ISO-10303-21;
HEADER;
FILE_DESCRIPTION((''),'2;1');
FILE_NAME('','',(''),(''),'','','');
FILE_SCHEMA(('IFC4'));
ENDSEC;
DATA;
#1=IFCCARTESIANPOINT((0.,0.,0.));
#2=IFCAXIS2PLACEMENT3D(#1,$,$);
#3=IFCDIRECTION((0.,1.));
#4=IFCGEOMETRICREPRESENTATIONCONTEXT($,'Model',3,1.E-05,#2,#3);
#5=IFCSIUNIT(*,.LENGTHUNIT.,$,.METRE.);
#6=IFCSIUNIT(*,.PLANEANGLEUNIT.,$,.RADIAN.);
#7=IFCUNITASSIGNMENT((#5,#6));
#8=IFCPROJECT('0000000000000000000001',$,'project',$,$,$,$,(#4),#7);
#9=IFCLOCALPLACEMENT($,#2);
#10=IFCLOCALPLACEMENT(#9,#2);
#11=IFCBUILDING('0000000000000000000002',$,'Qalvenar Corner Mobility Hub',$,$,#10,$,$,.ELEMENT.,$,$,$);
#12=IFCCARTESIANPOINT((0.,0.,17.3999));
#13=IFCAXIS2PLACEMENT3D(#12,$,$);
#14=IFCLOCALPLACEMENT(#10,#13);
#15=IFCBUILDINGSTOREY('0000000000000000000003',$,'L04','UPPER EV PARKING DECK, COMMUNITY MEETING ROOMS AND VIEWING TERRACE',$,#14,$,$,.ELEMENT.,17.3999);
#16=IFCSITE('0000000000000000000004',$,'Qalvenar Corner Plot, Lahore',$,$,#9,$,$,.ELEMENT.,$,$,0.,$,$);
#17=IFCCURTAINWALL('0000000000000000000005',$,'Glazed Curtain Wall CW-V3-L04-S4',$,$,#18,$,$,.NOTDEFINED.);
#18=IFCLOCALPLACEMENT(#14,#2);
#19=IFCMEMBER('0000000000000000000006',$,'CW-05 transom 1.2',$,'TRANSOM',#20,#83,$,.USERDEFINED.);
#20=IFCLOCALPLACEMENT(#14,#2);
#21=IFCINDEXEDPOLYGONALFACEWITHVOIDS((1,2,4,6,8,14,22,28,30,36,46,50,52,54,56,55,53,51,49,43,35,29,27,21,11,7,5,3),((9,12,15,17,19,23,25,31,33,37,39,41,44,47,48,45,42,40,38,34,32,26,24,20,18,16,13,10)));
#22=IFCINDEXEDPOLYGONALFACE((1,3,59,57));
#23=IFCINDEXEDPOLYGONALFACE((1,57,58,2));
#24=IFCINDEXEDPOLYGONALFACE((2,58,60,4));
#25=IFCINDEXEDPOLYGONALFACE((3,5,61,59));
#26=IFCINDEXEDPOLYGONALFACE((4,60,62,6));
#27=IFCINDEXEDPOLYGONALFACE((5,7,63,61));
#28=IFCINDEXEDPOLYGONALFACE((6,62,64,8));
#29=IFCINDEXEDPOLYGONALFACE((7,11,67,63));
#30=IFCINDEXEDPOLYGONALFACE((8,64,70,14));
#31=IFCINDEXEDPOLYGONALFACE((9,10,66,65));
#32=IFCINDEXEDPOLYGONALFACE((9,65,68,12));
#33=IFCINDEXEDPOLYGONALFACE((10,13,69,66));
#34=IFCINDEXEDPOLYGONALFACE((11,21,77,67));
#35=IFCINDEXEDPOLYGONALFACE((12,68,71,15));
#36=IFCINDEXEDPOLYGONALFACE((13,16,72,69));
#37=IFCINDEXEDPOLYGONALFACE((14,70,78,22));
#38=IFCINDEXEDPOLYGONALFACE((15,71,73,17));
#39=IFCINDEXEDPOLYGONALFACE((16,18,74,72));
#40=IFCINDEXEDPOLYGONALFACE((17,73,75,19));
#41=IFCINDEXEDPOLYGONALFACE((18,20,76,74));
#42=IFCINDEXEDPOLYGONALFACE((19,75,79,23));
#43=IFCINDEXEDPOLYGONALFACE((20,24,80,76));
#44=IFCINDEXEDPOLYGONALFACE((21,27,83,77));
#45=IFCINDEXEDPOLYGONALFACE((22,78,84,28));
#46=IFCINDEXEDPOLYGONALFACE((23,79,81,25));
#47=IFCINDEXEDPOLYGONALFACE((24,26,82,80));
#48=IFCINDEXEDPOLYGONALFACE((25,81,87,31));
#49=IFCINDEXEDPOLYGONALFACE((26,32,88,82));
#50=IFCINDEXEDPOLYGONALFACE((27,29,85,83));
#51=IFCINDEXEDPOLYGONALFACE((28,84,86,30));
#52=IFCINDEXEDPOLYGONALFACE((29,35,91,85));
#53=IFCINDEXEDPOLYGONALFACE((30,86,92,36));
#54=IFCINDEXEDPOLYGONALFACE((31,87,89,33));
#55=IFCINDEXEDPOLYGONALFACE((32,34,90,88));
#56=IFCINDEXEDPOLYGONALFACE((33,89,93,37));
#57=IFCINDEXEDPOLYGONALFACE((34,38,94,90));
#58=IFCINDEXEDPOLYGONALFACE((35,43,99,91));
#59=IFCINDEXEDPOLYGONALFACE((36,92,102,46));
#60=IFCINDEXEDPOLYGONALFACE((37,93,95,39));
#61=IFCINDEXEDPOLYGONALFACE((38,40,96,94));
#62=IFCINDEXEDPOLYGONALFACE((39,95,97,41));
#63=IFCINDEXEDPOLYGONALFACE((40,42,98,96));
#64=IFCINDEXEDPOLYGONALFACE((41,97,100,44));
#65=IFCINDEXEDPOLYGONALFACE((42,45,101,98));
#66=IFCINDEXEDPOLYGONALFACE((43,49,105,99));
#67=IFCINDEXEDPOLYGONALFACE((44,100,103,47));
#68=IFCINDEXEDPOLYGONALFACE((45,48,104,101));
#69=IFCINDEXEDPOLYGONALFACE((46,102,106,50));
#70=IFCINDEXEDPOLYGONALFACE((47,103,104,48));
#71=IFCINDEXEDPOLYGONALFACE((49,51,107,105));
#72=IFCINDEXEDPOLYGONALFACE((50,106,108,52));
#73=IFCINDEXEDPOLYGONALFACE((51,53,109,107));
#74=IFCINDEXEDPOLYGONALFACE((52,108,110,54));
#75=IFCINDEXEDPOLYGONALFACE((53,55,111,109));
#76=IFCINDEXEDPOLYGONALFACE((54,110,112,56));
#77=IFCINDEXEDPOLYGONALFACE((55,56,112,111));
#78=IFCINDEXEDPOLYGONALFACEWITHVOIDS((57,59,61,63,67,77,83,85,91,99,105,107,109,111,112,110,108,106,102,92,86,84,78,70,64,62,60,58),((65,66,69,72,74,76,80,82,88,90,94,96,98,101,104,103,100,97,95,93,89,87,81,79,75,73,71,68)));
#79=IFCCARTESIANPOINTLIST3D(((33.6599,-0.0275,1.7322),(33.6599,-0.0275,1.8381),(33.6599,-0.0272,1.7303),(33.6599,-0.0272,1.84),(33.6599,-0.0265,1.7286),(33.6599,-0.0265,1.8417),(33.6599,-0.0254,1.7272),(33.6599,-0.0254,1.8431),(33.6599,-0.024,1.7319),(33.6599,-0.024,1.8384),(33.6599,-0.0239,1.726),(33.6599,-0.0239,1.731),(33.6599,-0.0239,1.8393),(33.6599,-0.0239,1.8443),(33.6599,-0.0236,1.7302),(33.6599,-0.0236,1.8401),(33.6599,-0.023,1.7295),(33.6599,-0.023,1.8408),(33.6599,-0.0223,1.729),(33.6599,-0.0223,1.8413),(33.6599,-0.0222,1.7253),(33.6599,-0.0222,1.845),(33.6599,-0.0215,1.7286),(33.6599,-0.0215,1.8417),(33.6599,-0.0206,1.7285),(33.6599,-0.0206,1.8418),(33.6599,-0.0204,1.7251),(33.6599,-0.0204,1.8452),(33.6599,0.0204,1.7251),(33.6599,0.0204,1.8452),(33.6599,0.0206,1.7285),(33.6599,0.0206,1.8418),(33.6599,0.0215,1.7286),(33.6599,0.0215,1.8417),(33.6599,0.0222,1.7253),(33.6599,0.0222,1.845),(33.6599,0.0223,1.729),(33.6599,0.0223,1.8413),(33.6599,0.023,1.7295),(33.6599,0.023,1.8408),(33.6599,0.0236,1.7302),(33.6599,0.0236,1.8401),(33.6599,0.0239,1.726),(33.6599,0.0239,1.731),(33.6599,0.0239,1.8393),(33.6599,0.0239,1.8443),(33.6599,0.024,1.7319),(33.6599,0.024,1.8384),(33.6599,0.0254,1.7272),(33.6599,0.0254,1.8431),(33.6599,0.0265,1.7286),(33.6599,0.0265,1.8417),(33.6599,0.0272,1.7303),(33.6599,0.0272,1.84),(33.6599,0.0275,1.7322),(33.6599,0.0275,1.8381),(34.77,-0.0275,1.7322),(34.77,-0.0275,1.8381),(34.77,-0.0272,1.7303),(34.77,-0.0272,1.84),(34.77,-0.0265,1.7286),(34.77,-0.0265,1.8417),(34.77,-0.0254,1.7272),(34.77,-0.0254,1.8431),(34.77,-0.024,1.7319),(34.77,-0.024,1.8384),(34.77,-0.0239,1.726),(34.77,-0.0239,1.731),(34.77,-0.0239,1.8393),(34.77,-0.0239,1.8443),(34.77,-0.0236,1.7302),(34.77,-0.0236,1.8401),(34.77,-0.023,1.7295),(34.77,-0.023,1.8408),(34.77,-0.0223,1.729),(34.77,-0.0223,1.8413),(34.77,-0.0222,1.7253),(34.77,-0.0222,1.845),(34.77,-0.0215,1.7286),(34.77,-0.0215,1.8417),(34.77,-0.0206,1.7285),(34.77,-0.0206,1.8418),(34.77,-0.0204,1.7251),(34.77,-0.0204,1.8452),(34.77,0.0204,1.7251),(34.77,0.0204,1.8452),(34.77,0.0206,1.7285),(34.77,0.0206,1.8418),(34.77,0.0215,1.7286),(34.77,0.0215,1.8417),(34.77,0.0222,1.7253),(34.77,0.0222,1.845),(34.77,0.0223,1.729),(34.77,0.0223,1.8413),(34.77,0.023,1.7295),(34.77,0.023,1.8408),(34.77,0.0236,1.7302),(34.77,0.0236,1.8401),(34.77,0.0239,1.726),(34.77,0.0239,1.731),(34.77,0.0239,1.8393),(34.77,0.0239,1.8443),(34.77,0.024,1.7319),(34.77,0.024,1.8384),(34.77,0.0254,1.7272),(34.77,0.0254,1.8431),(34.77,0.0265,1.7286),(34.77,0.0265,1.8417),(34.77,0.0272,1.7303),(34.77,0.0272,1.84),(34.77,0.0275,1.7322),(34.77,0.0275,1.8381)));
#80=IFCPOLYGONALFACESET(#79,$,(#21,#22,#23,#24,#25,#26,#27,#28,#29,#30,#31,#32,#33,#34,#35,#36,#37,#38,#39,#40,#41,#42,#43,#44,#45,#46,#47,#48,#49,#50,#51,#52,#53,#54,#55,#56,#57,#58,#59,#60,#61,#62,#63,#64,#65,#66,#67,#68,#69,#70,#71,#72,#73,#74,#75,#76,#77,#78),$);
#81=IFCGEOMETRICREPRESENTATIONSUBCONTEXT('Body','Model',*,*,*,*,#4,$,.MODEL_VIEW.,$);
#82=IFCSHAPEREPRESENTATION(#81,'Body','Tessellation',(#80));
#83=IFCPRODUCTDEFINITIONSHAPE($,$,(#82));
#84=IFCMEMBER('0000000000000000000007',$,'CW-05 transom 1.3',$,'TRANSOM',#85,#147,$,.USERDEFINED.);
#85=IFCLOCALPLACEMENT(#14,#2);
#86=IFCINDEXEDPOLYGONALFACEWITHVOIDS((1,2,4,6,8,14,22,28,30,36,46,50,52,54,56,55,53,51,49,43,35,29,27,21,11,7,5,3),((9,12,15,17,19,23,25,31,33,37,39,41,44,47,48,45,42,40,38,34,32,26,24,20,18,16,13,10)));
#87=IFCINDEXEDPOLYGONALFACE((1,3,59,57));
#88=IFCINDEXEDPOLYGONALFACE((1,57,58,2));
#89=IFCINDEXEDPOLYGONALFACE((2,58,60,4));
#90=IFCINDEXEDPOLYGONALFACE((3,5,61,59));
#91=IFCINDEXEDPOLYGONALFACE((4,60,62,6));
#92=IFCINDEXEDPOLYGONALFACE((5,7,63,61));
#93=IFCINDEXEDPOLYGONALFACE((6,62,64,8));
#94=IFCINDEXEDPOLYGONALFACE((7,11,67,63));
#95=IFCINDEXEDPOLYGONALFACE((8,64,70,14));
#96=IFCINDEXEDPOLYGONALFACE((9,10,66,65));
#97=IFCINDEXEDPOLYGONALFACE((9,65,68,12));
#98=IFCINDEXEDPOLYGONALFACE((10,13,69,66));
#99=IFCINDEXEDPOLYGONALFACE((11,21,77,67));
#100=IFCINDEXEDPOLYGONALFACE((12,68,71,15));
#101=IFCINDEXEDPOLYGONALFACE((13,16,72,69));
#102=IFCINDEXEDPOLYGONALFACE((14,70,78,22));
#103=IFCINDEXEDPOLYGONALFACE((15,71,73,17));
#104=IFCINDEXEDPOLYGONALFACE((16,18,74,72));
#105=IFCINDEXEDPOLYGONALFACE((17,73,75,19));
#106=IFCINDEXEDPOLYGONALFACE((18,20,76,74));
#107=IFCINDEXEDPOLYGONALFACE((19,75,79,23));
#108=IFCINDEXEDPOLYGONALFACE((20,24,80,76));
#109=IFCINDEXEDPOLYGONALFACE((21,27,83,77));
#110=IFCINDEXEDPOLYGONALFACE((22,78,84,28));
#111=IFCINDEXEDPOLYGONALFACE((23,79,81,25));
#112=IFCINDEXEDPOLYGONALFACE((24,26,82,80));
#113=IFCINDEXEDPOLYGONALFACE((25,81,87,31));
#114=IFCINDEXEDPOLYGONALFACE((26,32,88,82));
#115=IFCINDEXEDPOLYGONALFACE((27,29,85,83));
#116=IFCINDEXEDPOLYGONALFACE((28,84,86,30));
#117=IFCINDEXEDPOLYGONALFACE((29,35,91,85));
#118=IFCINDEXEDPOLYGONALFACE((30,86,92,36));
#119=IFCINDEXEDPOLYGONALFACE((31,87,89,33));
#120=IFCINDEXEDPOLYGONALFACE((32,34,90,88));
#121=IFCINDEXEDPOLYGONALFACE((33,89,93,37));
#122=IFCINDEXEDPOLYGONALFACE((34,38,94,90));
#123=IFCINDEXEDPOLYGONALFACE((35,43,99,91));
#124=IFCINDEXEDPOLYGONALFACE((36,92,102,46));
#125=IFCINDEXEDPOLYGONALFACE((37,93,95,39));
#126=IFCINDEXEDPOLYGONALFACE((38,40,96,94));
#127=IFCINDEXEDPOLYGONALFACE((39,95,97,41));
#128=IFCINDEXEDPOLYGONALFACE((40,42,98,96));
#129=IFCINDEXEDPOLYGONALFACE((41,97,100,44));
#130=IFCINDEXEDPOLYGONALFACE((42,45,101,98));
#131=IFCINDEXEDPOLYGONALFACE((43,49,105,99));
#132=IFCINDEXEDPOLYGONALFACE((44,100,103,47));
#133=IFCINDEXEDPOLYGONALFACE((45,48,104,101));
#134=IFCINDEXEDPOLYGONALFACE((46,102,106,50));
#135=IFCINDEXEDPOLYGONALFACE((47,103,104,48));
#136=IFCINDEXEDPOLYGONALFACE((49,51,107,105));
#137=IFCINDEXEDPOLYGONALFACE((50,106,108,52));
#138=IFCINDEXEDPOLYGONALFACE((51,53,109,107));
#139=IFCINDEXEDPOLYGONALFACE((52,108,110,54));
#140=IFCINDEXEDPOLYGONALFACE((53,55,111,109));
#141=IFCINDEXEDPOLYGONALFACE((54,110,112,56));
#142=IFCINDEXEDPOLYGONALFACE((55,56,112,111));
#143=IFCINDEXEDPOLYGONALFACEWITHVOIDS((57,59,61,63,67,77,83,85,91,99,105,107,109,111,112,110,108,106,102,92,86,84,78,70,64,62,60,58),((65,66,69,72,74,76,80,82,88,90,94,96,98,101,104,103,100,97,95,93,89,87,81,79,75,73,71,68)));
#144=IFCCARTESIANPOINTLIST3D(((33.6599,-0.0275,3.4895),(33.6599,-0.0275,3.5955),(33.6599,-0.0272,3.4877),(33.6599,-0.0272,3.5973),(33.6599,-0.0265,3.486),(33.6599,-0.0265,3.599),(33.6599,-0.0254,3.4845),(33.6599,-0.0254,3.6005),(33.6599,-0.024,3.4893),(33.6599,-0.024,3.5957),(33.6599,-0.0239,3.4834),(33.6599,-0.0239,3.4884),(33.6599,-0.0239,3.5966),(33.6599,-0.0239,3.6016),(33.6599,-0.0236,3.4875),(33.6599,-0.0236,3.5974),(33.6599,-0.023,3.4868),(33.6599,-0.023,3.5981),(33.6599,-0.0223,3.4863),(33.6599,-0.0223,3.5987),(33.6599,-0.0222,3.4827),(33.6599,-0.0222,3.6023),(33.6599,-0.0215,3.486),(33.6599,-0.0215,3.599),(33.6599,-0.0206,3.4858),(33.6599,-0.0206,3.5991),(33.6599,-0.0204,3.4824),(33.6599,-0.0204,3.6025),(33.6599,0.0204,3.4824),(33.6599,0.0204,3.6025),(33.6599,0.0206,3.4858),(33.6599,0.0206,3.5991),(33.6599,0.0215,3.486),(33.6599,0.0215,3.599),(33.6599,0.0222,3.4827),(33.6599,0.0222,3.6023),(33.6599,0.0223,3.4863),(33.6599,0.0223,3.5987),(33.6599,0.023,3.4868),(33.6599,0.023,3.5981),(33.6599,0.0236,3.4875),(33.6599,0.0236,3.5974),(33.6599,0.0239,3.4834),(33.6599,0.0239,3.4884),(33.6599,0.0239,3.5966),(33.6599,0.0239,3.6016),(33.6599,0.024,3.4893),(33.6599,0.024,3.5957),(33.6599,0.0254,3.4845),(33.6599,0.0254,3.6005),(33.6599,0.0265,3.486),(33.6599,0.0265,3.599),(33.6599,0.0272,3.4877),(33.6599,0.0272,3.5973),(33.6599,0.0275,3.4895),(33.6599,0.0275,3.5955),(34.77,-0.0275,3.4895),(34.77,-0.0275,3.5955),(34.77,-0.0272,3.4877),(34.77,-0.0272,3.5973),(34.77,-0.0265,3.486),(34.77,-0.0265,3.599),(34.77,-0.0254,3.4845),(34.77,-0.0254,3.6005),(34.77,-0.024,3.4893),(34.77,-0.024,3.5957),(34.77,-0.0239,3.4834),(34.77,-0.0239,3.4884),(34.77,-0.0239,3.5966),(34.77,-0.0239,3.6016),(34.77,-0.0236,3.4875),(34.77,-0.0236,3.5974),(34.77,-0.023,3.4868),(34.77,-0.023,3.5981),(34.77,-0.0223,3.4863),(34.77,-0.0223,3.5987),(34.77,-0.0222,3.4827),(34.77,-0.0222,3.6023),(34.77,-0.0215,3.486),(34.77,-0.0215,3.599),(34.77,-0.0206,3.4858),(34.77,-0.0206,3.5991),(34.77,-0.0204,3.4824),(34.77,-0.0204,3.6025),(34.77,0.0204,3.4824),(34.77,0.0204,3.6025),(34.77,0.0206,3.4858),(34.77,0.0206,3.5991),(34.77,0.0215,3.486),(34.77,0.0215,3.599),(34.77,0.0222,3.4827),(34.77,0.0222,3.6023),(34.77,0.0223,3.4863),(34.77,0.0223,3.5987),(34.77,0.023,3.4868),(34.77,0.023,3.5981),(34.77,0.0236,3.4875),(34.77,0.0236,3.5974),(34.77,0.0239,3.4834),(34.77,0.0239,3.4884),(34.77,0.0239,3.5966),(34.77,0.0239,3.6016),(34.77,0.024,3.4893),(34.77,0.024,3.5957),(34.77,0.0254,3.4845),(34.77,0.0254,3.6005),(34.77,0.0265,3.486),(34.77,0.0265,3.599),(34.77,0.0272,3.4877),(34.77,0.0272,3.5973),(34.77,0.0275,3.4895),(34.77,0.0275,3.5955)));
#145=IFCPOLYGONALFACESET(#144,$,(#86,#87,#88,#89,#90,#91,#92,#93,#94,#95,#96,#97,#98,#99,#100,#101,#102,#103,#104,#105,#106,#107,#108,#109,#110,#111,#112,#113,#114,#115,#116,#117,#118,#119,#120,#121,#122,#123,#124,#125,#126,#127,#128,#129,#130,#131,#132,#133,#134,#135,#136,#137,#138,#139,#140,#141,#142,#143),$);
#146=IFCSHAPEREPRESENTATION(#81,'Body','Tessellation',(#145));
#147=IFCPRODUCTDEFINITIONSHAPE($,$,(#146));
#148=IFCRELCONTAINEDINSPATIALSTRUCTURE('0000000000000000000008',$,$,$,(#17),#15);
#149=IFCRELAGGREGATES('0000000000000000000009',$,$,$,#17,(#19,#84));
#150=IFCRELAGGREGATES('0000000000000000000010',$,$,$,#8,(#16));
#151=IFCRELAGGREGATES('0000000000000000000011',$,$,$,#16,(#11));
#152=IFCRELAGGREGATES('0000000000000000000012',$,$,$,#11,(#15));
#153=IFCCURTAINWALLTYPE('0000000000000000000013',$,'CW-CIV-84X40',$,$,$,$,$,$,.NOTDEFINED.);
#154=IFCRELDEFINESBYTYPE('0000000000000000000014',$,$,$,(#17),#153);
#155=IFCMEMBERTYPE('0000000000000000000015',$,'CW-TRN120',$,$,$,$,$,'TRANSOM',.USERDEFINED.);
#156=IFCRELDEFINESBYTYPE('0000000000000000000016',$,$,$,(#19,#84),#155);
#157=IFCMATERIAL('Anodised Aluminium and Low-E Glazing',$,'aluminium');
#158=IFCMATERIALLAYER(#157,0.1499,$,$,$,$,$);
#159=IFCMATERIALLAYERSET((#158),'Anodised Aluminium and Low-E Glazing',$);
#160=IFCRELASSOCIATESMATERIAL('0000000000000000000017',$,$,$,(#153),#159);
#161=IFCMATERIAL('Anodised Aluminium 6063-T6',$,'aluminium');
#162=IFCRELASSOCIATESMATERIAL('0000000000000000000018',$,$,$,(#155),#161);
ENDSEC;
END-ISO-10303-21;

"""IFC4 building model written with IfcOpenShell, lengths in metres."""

from ifc_helpers import new_model, si_unit, direction, frame, origin, origin_2d, place, context, subcontext, project, spatial, hollow_rectangle, extrude, material, layer, layer_set, material_profile, profile_set, type_object, element, aggregate, save


model = new_model("IFC4")

# Units and contexts
model_context = context("Model", 3, precision=1e-05, world=origin(), true_north=direction((0.0, 1.0)))
body_context = subcontext(model_context, "Body", "Model", "MODEL_VIEW")
ifc_project = project(units=[si_unit("LENGTHUNIT", "METRE"), si_unit("PLANEANGLEUNIT", "RADIAN")], contexts=[model_context])

# Site, building, storey
site_placement = place(None, origin())
site = spatial("IfcSite", under=ifc_project, at=site_placement, Name="Qalvenar Corner Plot, Lahore", CompositionType="ELEMENT", RefElevation=0.0)
building_placement = place(site_placement, origin())
building = spatial("IfcBuilding", under=site, at=building_placement, Name="Qalvenar Corner Mobility Hub", CompositionType="ELEMENT")
storey_placement = place(building_placement, frame((0.0, 0.0, 17.3999)))
storey = spatial("IfcBuildingStorey", under=building, at=storey_placement, Name="L04", Description="UPPER EV PARKING DECK, COMMUNITY MEETING ROOMS AND VIEWING TERRACE", CompositionType="ELEMENT", Elevation=17.3999)

# Curtain wall, members
ifc_material_1 = material(Name="Anodised Aluminium and Low-E Glazing", Category="aluminium")
ifc_layer_1 = layer(ifc_material_1, 0.1499)
ifc_layer_set_1 = layer_set([ifc_layer_1], Name="Anodised Aluminium and Low-E Glazing")
curtain_wall_type = type_object("IfcCurtainWallType", Name="CW-CIV-84X40", PredefinedType="NOTDEFINED", material=ifc_layer_set_1)
curtain_wall_placement = place(storey_placement, origin())
curtain_wall = element("IfcCurtainWall", 1, at=curtain_wall_placement, inside=storey, type_object=curtain_wall_type, Name="Glazed Curtain Wall CW-V3-L04-S4", PredefinedType="NOTDEFINED")
ifc_material_2 = material(Name="Anodised Aluminium 6063-T6", Category="aluminium")
ifc_material_profile_1 = material_profile(ifc_material_2, hollow_rectangle(XDim=0.0549, YDim=0.1201, WallThickness=0.0034, InnerFilletRadius=0.0034, OuterFilletRadius=0.0071, at=origin_2d()), Name="RHS120x55x3.5")
ifc_profile_set_1 = profile_set([ifc_material_profile_1], Name="Anodised Aluminium 6063-T6")
member_type_1 = type_object("IfcMemberType", Name="CW-TRN120", ElementType="TRANSOM", PredefinedType="USERDEFINED", material=ifc_profile_set_1)
member_1_placement = place(storey_placement, frame((33.6599, 0.0, 1.7852), z_axis=(1.0, 0.0, 0.0), x_axis=(0.0, 1.0, 0.0)))
member_1 = element("IfcMember", 2, at=member_1_placement, type_object=member_type_1, Name="CW-05 transom 1.2", ObjectType="TRANSOM", PredefinedType="USERDEFINED", context=body_context, shape_type="SweptSolid", body=[
    extrude(hollow_rectangle(XDim=0.0549, YDim=0.1201, WallThickness=0.0034, InnerFilletRadius=0.0034, OuterFilletRadius=0.0071, at=origin_2d()), origin(), (0.0, 0.0, 1.0), 1.1101),
])
member_2_placement = place(storey_placement, frame((33.6599, 0.0, 3.5425), z_axis=(1.0, 0.0, 0.0), x_axis=(0.0, 1.0, 0.0)))
member_2 = element("IfcMember", 3, at=member_2_placement, type_object=member_type_1, Name="CW-05 transom 1.3", ObjectType="TRANSOM", PredefinedType="USERDEFINED", context=body_context, shape_type="SweptSolid", body=[
    extrude(hollow_rectangle(XDim=0.0549, YDim=0.1201, WallThickness=0.0034, InnerFilletRadius=0.0034, OuterFilletRadius=0.0071, at=origin_2d()), origin(), (0.0, 0.0, 1.0), 1.1101),
])
aggregate(curtain_wall, [member_1, member_2])

save(model, "model.ifc")
